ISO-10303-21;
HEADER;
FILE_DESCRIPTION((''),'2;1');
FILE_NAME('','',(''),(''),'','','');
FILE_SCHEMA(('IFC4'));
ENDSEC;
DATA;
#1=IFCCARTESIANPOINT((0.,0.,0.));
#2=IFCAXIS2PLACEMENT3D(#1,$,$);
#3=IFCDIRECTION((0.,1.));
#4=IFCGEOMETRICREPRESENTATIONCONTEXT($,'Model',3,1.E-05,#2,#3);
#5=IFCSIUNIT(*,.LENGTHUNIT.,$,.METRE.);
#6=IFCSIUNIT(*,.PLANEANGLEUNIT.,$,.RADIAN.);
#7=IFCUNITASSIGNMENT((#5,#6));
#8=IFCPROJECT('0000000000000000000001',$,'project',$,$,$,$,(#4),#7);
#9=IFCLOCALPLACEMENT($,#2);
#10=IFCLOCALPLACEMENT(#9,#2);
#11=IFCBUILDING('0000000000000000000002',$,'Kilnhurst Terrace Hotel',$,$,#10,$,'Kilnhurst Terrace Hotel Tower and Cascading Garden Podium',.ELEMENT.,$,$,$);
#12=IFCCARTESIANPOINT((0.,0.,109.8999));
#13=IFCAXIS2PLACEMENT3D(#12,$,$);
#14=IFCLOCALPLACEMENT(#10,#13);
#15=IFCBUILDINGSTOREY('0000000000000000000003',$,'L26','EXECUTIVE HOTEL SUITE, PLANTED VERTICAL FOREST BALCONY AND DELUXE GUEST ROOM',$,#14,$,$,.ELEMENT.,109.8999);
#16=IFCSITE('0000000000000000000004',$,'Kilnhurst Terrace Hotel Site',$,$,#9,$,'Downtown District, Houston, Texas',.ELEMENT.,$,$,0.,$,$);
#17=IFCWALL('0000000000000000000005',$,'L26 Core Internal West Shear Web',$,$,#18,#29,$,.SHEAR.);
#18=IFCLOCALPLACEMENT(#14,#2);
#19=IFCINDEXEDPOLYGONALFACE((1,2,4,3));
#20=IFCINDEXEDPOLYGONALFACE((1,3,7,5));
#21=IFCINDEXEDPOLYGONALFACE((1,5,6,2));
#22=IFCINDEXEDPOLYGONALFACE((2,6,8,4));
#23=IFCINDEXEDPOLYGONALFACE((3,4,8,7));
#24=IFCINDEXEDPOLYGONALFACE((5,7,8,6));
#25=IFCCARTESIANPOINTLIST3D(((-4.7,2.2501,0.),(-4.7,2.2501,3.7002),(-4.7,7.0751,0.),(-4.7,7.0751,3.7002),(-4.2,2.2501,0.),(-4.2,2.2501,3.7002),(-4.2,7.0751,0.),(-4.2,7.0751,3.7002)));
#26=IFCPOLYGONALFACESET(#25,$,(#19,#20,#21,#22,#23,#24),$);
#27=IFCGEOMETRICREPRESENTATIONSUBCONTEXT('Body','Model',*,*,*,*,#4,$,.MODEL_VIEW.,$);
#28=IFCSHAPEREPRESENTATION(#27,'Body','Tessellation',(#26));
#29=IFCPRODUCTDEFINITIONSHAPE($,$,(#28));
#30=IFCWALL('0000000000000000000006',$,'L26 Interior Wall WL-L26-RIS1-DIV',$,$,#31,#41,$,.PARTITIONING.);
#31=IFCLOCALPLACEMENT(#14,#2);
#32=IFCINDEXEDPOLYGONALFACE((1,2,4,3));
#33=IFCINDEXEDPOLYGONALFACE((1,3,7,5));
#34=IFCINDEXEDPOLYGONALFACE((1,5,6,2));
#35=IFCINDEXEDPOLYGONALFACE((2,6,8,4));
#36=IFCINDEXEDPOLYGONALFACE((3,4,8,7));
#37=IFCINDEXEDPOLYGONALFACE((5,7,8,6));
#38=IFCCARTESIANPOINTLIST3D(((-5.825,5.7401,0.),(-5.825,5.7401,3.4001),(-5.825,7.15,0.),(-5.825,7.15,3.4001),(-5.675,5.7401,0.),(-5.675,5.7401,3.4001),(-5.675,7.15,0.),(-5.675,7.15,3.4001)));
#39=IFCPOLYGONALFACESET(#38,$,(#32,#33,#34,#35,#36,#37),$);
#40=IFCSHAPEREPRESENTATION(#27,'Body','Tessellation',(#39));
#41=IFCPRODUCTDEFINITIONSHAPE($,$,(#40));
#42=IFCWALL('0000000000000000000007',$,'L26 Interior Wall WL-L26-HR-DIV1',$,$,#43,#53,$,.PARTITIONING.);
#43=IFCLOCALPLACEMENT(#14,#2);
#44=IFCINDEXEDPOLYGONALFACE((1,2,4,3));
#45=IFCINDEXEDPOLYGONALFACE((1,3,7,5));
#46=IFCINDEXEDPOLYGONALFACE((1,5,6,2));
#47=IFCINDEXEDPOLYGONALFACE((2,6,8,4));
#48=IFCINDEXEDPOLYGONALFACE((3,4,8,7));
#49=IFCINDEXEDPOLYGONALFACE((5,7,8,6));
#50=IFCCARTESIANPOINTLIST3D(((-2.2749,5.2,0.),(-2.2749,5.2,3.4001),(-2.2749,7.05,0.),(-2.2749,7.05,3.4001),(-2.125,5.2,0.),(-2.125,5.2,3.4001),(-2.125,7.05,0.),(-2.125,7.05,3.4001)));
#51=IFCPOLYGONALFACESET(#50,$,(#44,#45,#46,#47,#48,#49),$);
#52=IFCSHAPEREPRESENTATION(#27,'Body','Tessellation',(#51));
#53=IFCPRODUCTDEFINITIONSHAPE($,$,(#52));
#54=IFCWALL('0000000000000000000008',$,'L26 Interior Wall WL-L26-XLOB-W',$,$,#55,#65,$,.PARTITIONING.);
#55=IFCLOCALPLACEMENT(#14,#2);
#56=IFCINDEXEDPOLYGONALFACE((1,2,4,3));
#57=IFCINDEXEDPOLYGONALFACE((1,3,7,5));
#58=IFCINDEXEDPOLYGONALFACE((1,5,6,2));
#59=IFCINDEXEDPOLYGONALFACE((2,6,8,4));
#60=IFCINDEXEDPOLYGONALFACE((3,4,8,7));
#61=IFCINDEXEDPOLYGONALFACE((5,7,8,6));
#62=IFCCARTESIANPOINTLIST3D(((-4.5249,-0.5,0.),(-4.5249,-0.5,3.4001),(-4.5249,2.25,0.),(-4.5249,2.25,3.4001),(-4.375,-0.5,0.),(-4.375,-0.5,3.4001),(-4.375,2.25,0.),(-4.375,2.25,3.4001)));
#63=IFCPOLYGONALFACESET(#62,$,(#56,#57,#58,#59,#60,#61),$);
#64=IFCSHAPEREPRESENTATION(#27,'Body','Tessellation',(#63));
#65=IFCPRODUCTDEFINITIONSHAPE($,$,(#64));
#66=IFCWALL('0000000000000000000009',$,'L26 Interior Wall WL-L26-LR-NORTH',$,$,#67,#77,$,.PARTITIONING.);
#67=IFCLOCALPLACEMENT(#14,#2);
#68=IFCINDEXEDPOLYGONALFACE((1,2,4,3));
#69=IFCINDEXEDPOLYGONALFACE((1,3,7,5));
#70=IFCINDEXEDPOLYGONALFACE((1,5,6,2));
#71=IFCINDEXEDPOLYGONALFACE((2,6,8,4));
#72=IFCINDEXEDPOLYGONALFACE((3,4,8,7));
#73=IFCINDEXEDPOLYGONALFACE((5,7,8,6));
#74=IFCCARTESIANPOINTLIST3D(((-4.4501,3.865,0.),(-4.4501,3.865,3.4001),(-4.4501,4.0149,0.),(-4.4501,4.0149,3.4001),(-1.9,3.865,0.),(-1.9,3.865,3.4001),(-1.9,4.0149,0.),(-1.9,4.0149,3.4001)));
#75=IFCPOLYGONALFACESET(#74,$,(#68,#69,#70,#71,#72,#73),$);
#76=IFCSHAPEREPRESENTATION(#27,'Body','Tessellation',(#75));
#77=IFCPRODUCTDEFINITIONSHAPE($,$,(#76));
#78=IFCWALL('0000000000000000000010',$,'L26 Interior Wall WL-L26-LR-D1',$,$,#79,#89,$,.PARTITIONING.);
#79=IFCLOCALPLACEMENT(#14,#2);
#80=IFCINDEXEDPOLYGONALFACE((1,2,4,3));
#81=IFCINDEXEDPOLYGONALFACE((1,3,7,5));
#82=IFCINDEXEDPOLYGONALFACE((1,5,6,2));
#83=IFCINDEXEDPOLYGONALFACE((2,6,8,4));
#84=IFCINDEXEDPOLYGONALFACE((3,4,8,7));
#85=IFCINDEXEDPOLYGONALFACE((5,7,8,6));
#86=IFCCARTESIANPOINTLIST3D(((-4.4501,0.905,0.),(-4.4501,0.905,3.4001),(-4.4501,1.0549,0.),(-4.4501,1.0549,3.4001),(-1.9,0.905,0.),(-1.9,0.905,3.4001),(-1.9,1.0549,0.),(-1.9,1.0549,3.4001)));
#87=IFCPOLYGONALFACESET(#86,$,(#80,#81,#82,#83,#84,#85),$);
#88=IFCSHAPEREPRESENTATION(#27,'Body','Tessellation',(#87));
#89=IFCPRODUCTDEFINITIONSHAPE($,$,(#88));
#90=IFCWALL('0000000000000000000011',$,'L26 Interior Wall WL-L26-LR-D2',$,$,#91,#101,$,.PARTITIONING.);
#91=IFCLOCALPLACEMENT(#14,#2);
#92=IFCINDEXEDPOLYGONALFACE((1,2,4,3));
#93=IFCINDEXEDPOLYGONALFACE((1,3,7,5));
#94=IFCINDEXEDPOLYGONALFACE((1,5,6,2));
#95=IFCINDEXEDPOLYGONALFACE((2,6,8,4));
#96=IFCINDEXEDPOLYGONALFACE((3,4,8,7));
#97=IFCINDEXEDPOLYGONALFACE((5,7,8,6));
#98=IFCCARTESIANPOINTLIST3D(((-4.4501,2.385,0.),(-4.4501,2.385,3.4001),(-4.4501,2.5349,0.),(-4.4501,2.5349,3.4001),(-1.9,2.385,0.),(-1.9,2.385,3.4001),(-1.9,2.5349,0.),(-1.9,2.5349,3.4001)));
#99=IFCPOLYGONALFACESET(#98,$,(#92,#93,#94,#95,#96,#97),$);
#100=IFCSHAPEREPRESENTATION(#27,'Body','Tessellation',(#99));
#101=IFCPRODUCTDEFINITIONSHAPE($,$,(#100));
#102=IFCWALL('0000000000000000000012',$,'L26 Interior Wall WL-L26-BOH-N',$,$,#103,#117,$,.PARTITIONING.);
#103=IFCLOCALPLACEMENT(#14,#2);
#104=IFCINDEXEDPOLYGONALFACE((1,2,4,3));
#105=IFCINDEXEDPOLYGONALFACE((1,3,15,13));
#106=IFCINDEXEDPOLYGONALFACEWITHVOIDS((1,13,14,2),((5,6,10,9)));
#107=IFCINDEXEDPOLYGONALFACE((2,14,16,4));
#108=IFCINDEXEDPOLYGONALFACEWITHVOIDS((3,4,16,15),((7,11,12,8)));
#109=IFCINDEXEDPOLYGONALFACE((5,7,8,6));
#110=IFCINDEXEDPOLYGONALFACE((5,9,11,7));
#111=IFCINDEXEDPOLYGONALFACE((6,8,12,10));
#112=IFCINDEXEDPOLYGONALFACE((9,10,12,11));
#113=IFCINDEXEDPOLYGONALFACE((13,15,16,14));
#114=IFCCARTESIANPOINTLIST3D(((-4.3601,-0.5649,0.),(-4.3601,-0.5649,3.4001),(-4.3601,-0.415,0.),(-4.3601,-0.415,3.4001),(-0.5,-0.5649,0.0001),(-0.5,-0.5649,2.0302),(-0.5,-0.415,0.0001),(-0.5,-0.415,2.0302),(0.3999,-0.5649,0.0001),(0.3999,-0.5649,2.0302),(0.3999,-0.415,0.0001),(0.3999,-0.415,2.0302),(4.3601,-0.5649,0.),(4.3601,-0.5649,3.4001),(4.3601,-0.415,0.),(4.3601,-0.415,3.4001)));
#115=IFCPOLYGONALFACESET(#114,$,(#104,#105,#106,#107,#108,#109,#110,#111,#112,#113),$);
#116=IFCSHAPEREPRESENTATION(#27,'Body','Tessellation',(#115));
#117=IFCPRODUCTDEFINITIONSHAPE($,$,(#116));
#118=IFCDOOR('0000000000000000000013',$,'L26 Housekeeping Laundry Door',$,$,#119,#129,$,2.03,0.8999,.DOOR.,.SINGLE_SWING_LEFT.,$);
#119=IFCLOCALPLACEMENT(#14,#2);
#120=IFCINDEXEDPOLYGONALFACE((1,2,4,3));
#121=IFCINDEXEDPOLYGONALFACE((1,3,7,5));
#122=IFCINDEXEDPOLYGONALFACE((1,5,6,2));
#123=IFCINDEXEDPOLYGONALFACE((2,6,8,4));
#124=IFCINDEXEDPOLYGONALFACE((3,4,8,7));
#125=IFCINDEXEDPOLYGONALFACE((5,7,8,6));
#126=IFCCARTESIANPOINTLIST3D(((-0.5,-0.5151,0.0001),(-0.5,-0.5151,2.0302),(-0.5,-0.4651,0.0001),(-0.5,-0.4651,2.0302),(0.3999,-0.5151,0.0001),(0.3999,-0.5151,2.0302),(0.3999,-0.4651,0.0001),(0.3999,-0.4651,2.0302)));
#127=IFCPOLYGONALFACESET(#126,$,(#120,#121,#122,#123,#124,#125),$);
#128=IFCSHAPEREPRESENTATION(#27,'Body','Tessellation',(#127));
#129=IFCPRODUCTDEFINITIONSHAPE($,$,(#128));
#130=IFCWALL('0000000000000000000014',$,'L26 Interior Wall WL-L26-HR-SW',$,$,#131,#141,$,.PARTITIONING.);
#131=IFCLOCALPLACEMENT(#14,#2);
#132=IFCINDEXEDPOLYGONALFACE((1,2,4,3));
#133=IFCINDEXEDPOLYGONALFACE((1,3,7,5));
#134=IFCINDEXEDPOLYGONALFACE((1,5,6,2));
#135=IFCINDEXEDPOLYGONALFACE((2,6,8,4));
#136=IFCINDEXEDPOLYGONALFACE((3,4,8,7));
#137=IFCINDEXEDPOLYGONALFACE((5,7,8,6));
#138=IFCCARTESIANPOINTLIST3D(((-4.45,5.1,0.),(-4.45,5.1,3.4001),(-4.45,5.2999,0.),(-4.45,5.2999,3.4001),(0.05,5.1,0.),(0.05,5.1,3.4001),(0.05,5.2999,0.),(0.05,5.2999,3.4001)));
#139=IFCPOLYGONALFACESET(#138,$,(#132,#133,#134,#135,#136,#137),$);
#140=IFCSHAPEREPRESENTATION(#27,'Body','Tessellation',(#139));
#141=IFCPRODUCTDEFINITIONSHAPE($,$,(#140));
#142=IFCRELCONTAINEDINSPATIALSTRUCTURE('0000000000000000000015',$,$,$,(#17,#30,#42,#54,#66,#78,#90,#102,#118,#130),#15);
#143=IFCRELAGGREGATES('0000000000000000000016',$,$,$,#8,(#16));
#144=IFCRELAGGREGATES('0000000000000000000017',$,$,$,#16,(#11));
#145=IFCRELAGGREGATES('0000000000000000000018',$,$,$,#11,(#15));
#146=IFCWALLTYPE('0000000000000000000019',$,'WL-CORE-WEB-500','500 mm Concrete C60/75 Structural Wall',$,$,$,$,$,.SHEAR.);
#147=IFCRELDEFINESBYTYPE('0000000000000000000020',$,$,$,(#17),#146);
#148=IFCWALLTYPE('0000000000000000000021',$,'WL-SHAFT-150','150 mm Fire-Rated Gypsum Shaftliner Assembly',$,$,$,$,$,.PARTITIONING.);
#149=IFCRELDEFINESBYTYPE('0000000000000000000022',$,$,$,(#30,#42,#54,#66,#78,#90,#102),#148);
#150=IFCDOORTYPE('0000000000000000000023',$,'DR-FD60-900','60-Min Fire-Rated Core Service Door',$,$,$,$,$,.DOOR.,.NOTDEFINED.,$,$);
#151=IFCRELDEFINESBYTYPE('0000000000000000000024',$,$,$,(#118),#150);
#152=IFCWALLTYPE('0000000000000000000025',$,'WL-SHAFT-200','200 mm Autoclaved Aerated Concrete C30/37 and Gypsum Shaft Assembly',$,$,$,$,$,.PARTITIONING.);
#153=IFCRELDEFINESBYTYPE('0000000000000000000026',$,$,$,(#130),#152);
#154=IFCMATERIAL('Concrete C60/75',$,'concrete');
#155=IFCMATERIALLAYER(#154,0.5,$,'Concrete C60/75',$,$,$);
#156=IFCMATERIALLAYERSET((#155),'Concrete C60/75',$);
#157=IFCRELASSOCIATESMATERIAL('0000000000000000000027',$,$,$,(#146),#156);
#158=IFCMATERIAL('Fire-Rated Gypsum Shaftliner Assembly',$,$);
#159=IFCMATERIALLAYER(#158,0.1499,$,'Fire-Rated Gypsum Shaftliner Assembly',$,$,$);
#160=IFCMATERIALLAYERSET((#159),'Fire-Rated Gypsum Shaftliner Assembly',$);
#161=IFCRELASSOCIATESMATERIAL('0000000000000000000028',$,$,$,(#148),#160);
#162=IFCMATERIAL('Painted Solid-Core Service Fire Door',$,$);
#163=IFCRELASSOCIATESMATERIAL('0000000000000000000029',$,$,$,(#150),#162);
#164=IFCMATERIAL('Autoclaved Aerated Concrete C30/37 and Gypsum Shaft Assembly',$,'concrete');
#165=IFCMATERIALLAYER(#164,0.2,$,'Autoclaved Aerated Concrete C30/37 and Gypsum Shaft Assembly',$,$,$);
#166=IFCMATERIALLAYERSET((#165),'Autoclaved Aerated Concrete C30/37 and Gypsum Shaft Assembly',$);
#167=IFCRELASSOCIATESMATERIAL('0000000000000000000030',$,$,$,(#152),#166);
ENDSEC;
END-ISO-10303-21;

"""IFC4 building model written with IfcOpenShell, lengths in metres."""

from ifc_helpers import new_model, si_unit, direction, frame, frame_2d, origin, place, context, subcontext, project, spatial, rectangle, extrude, material, layer, layer_set, type_object, element, fill, save


model = new_model("IFC4")

# Units and contexts
model_context = context("Model", 3, precision=1e-05, world=origin(), true_north=direction((0.0, 1.0)))
body_context = subcontext(model_context, "Body", "Model", "MODEL_VIEW")
ifc_project = project(units=[si_unit("LENGTHUNIT", "METRE"), si_unit("PLANEANGLEUNIT", "RADIAN")], contexts=[model_context])

# Site, building, storey
site_placement = place(None, origin())
site = spatial("IfcSite", under=ifc_project, at=site_placement, Name="Kilnhurst Terrace Hotel Site", LongName="Downtown District, Houston, Texas", CompositionType="ELEMENT", RefElevation=0.0)
building_placement = place(site_placement, origin())
building = spatial("IfcBuilding", under=site, at=building_placement, Name="Kilnhurst Terrace Hotel", LongName="Kilnhurst Terrace Hotel Tower and Cascading Garden Podium", CompositionType="ELEMENT")
storey_placement = place(building_placement, frame((0.0, 0.0, 109.8999)))
storey = spatial("IfcBuildingStorey", under=building, at=storey_placement, Name="L26", Description="EXECUTIVE HOTEL SUITE, PLANTED VERTICAL FOREST BALCONY AND DELUXE GUEST ROOM", CompositionType="ELEMENT", Elevation=109.8999)

# Walls
ifc_material_1 = material(Name="Concrete C60/75", Category="concrete")
ifc_layer_1 = layer(ifc_material_1, 0.5, Name="Concrete C60/75")
ifc_layer_set_1 = layer_set([ifc_layer_1], Name="Concrete C60/75")
wall_type_1 = type_object("IfcWallType", Name="WL-CORE-WEB-500", Description="500 mm Concrete C60/75 Structural Wall", PredefinedType="SHEAR", material=ifc_layer_set_1)
wall_1_placement = place(storey_placement, frame((-4.45, 2.25, 0.0), z_axis=(0.0, 0.0, 1.0), x_axis=(0.0, 1.0, 0.0)))
element("IfcWall", 1, at=wall_1_placement, inside=storey, type_object=wall_type_1, Name="L26 Core Internal West Shear Web", PredefinedType="SHEAR", context=body_context, shape_type="SweptSolid", body=[
    extrude(rectangle(XDim=4.825, YDim=0.5, at=frame_2d((2.4126, 0.0))), origin(), (0.0, 0.0, 1.0), 3.7002),
])
ifc_material_2 = material(Name="Fire-Rated Gypsum Shaftliner Assembly")
ifc_layer_2 = layer(ifc_material_2, 0.1499, Name="Fire-Rated Gypsum Shaftliner Assembly")
ifc_layer_set_2 = layer_set([ifc_layer_2], Name="Fire-Rated Gypsum Shaftliner Assembly")
wall_type_2 = type_object("IfcWallType", Name="WL-SHAFT-150", Description="150 mm Fire-Rated Gypsum Shaftliner Assembly", PredefinedType="PARTITIONING", material=ifc_layer_set_2)
wall_2_placement = place(storey_placement, frame((-5.75, 5.74, 0.0), z_axis=(0.0, 0.0, 1.0), x_axis=(0.0, 1.0, 0.0)))
element("IfcWall", 2, at=wall_2_placement, inside=storey, type_object=wall_type_2, Name="L26 Interior Wall WL-L26-RIS1-DIV", PredefinedType="PARTITIONING", context=body_context, shape_type="SweptSolid", body=[
    extrude(rectangle(XDim=1.4099, YDim=0.1499, at=frame_2d((0.7051, 0.0))), origin(), (0.0, 0.0, 1.0), 3.4001),
])
wall_3_placement = place(storey_placement, frame((-2.2, 5.2, 0.0), z_axis=(0.0, 0.0, 1.0), x_axis=(0.0, 1.0, 0.0)))
element("IfcWall", 3, at=wall_3_placement, inside=storey, type_object=wall_type_2, Name="L26 Interior Wall WL-L26-HR-DIV1", PredefinedType="PARTITIONING", context=body_context, shape_type="SweptSolid", body=[
    extrude(rectangle(XDim=1.8501, YDim=0.1499, at=frame_2d((0.925, 0.0))), origin(), (0.0, 0.0, 1.0), 3.4001),
])
wall_4_placement = place(storey_placement, frame((-4.45, -0.5, 0.0), z_axis=(0.0, 0.0, 1.0), x_axis=(0.0, 1.0, 0.0)))
element("IfcWall", 4, at=wall_4_placement, inside=storey, type_object=wall_type_2, Name="L26 Interior Wall WL-L26-XLOB-W", PredefinedType="PARTITIONING", context=body_context, shape_type="SweptSolid", body=[
    extrude(rectangle(XDim=2.75, YDim=0.1499, at=frame_2d((1.375, 0.0))), origin(), (0.0, 0.0, 1.0), 3.4001),
])
for number, where, z_axis, x_axis, name in (
    (5, (-4.45, 3.9399, 0.0), (0.0, 0.0, 1.0), (1.0, 0.0, 0.0), "L26 Interior Wall WL-L26-LR-NORTH"),
    (6, (-4.45, 0.98, 0.0), (0.0, 0.0, 1.0), (1.0, 0.0, 0.0), "L26 Interior Wall WL-L26-LR-D1"),
    (7, (-4.45, 2.46, 0.0), (0.0, 0.0, 1.0), (1.0, 0.0, 0.0), "L26 Interior Wall WL-L26-LR-D2"),
):
    element("IfcWall", number, at=place(storey_placement, frame(where, z_axis=z_axis, x_axis=x_axis)), inside=storey, type_object=wall_type_2, Name=name, PredefinedType="PARTITIONING", context=body_context, shape_type="SweptSolid", body=[
        extrude(rectangle(XDim=2.55, YDim=0.1499, at=frame_2d((1.2749, 0.0))), origin(), (0.0, 0.0, 1.0), 3.4001),
    ])

# Wall, opening, door
wall_5_placement = place(storey_placement, frame((-4.3601, -0.49, 0.0), z_axis=(0.0, 0.0, 1.0), x_axis=(1.0, 0.0, 0.0)))
wall_5 = element("IfcWall", 8, at=wall_5_placement, inside=storey, type_object=wall_type_2, Name="L26 Interior Wall WL-L26-BOH-N", PredefinedType="PARTITIONING", context=body_context, shape_type="SweptSolid", body=[
    extrude(rectangle(XDim=8.7202, YDim=0.1499, at=frame_2d((4.3601, 0.0))), origin(), (0.0, 0.0, 1.0), 3.4001),
])
opening_1_placement = place(wall_5_placement, frame((3.8601, 0.0, 0.0)))
opening_1 = element("IfcOpeningElement", 9, at=opening_1_placement, cuts=wall_5, PredefinedType="OPENING", context=body_context, shape_type="SweptSolid", body=[
    extrude(rectangle(XDim=0.8999, YDim=2.03, at=frame_2d((0.45, 1.0151))), frame((0.0, 0.085, 0.0), z_axis=(0.0, -1.0, 0.0), x_axis=(1.0, 0.0, 0.0)), (0.0, 0.0, 1.0), 0.1699),
])
ifc_material_3 = material(Name="Painted Solid-Core Service Fire Door")
door_type_1 = type_object("IfcDoorType", Name="DR-FD60-900", Description="60-Min Fire-Rated Core Service Door", OperationType="NOTDEFINED", PredefinedType="DOOR", material=ifc_material_3)
door_1_placement = place(opening_1_placement, origin())
door_1 = element("IfcDoor", 10, at=door_1_placement, inside=storey, type_object=door_type_1, Name="L26 Housekeeping Laundry Door", OperationType="SINGLE_SWING_LEFT", OverallHeight=2.03, OverallWidth=0.8999, PredefinedType="DOOR", context=body_context, shape_type="SweptSolid", body=[
    extrude(rectangle(XDim=0.8999, YDim=2.03, at=frame_2d((0.45, 1.0151))), frame((0.0, 0.0249, 0.0), z_axis=(0.0, -1.0, 0.0), x_axis=(1.0, 0.0, 0.0)), (0.0, 0.0, 1.0), 0.05),
])
fill(opening_1, door_1)

# Wall
ifc_material_4 = material(Name="Autoclaved Aerated Concrete C30/37 and Gypsum Shaft Assembly", Category="concrete")
ifc_layer_3 = layer(ifc_material_4, 0.2, Name="Autoclaved Aerated Concrete C30/37 and Gypsum Shaft Assembly")
ifc_layer_set_3 = layer_set([ifc_layer_3], Name="Autoclaved Aerated Concrete C30/37 and Gypsum Shaft Assembly")
wall_type_3 = type_object("IfcWallType", Name="WL-SHAFT-200", Description="200 mm Autoclaved Aerated Concrete C30/37 and Gypsum Shaft Assembly", PredefinedType="PARTITIONING", material=ifc_layer_set_3)
wall_6_placement = place(storey_placement, frame((-4.45, 5.2, 0.0), z_axis=(0.0, 0.0, 1.0), x_axis=(1.0, 0.0, 0.0)))
element("IfcWall", 11, at=wall_6_placement, inside=storey, type_object=wall_type_3, Name="L26 Interior Wall WL-L26-HR-SW", PredefinedType="PARTITIONING", context=body_context, shape_type="SweptSolid", body=[
    extrude(rectangle(XDim=4.5, YDim=0.2, at=frame_2d((2.25, 0.0))), origin(), (0.0, 0.0, 1.0), 3.4001),
])

save(model, "model.ifc")
